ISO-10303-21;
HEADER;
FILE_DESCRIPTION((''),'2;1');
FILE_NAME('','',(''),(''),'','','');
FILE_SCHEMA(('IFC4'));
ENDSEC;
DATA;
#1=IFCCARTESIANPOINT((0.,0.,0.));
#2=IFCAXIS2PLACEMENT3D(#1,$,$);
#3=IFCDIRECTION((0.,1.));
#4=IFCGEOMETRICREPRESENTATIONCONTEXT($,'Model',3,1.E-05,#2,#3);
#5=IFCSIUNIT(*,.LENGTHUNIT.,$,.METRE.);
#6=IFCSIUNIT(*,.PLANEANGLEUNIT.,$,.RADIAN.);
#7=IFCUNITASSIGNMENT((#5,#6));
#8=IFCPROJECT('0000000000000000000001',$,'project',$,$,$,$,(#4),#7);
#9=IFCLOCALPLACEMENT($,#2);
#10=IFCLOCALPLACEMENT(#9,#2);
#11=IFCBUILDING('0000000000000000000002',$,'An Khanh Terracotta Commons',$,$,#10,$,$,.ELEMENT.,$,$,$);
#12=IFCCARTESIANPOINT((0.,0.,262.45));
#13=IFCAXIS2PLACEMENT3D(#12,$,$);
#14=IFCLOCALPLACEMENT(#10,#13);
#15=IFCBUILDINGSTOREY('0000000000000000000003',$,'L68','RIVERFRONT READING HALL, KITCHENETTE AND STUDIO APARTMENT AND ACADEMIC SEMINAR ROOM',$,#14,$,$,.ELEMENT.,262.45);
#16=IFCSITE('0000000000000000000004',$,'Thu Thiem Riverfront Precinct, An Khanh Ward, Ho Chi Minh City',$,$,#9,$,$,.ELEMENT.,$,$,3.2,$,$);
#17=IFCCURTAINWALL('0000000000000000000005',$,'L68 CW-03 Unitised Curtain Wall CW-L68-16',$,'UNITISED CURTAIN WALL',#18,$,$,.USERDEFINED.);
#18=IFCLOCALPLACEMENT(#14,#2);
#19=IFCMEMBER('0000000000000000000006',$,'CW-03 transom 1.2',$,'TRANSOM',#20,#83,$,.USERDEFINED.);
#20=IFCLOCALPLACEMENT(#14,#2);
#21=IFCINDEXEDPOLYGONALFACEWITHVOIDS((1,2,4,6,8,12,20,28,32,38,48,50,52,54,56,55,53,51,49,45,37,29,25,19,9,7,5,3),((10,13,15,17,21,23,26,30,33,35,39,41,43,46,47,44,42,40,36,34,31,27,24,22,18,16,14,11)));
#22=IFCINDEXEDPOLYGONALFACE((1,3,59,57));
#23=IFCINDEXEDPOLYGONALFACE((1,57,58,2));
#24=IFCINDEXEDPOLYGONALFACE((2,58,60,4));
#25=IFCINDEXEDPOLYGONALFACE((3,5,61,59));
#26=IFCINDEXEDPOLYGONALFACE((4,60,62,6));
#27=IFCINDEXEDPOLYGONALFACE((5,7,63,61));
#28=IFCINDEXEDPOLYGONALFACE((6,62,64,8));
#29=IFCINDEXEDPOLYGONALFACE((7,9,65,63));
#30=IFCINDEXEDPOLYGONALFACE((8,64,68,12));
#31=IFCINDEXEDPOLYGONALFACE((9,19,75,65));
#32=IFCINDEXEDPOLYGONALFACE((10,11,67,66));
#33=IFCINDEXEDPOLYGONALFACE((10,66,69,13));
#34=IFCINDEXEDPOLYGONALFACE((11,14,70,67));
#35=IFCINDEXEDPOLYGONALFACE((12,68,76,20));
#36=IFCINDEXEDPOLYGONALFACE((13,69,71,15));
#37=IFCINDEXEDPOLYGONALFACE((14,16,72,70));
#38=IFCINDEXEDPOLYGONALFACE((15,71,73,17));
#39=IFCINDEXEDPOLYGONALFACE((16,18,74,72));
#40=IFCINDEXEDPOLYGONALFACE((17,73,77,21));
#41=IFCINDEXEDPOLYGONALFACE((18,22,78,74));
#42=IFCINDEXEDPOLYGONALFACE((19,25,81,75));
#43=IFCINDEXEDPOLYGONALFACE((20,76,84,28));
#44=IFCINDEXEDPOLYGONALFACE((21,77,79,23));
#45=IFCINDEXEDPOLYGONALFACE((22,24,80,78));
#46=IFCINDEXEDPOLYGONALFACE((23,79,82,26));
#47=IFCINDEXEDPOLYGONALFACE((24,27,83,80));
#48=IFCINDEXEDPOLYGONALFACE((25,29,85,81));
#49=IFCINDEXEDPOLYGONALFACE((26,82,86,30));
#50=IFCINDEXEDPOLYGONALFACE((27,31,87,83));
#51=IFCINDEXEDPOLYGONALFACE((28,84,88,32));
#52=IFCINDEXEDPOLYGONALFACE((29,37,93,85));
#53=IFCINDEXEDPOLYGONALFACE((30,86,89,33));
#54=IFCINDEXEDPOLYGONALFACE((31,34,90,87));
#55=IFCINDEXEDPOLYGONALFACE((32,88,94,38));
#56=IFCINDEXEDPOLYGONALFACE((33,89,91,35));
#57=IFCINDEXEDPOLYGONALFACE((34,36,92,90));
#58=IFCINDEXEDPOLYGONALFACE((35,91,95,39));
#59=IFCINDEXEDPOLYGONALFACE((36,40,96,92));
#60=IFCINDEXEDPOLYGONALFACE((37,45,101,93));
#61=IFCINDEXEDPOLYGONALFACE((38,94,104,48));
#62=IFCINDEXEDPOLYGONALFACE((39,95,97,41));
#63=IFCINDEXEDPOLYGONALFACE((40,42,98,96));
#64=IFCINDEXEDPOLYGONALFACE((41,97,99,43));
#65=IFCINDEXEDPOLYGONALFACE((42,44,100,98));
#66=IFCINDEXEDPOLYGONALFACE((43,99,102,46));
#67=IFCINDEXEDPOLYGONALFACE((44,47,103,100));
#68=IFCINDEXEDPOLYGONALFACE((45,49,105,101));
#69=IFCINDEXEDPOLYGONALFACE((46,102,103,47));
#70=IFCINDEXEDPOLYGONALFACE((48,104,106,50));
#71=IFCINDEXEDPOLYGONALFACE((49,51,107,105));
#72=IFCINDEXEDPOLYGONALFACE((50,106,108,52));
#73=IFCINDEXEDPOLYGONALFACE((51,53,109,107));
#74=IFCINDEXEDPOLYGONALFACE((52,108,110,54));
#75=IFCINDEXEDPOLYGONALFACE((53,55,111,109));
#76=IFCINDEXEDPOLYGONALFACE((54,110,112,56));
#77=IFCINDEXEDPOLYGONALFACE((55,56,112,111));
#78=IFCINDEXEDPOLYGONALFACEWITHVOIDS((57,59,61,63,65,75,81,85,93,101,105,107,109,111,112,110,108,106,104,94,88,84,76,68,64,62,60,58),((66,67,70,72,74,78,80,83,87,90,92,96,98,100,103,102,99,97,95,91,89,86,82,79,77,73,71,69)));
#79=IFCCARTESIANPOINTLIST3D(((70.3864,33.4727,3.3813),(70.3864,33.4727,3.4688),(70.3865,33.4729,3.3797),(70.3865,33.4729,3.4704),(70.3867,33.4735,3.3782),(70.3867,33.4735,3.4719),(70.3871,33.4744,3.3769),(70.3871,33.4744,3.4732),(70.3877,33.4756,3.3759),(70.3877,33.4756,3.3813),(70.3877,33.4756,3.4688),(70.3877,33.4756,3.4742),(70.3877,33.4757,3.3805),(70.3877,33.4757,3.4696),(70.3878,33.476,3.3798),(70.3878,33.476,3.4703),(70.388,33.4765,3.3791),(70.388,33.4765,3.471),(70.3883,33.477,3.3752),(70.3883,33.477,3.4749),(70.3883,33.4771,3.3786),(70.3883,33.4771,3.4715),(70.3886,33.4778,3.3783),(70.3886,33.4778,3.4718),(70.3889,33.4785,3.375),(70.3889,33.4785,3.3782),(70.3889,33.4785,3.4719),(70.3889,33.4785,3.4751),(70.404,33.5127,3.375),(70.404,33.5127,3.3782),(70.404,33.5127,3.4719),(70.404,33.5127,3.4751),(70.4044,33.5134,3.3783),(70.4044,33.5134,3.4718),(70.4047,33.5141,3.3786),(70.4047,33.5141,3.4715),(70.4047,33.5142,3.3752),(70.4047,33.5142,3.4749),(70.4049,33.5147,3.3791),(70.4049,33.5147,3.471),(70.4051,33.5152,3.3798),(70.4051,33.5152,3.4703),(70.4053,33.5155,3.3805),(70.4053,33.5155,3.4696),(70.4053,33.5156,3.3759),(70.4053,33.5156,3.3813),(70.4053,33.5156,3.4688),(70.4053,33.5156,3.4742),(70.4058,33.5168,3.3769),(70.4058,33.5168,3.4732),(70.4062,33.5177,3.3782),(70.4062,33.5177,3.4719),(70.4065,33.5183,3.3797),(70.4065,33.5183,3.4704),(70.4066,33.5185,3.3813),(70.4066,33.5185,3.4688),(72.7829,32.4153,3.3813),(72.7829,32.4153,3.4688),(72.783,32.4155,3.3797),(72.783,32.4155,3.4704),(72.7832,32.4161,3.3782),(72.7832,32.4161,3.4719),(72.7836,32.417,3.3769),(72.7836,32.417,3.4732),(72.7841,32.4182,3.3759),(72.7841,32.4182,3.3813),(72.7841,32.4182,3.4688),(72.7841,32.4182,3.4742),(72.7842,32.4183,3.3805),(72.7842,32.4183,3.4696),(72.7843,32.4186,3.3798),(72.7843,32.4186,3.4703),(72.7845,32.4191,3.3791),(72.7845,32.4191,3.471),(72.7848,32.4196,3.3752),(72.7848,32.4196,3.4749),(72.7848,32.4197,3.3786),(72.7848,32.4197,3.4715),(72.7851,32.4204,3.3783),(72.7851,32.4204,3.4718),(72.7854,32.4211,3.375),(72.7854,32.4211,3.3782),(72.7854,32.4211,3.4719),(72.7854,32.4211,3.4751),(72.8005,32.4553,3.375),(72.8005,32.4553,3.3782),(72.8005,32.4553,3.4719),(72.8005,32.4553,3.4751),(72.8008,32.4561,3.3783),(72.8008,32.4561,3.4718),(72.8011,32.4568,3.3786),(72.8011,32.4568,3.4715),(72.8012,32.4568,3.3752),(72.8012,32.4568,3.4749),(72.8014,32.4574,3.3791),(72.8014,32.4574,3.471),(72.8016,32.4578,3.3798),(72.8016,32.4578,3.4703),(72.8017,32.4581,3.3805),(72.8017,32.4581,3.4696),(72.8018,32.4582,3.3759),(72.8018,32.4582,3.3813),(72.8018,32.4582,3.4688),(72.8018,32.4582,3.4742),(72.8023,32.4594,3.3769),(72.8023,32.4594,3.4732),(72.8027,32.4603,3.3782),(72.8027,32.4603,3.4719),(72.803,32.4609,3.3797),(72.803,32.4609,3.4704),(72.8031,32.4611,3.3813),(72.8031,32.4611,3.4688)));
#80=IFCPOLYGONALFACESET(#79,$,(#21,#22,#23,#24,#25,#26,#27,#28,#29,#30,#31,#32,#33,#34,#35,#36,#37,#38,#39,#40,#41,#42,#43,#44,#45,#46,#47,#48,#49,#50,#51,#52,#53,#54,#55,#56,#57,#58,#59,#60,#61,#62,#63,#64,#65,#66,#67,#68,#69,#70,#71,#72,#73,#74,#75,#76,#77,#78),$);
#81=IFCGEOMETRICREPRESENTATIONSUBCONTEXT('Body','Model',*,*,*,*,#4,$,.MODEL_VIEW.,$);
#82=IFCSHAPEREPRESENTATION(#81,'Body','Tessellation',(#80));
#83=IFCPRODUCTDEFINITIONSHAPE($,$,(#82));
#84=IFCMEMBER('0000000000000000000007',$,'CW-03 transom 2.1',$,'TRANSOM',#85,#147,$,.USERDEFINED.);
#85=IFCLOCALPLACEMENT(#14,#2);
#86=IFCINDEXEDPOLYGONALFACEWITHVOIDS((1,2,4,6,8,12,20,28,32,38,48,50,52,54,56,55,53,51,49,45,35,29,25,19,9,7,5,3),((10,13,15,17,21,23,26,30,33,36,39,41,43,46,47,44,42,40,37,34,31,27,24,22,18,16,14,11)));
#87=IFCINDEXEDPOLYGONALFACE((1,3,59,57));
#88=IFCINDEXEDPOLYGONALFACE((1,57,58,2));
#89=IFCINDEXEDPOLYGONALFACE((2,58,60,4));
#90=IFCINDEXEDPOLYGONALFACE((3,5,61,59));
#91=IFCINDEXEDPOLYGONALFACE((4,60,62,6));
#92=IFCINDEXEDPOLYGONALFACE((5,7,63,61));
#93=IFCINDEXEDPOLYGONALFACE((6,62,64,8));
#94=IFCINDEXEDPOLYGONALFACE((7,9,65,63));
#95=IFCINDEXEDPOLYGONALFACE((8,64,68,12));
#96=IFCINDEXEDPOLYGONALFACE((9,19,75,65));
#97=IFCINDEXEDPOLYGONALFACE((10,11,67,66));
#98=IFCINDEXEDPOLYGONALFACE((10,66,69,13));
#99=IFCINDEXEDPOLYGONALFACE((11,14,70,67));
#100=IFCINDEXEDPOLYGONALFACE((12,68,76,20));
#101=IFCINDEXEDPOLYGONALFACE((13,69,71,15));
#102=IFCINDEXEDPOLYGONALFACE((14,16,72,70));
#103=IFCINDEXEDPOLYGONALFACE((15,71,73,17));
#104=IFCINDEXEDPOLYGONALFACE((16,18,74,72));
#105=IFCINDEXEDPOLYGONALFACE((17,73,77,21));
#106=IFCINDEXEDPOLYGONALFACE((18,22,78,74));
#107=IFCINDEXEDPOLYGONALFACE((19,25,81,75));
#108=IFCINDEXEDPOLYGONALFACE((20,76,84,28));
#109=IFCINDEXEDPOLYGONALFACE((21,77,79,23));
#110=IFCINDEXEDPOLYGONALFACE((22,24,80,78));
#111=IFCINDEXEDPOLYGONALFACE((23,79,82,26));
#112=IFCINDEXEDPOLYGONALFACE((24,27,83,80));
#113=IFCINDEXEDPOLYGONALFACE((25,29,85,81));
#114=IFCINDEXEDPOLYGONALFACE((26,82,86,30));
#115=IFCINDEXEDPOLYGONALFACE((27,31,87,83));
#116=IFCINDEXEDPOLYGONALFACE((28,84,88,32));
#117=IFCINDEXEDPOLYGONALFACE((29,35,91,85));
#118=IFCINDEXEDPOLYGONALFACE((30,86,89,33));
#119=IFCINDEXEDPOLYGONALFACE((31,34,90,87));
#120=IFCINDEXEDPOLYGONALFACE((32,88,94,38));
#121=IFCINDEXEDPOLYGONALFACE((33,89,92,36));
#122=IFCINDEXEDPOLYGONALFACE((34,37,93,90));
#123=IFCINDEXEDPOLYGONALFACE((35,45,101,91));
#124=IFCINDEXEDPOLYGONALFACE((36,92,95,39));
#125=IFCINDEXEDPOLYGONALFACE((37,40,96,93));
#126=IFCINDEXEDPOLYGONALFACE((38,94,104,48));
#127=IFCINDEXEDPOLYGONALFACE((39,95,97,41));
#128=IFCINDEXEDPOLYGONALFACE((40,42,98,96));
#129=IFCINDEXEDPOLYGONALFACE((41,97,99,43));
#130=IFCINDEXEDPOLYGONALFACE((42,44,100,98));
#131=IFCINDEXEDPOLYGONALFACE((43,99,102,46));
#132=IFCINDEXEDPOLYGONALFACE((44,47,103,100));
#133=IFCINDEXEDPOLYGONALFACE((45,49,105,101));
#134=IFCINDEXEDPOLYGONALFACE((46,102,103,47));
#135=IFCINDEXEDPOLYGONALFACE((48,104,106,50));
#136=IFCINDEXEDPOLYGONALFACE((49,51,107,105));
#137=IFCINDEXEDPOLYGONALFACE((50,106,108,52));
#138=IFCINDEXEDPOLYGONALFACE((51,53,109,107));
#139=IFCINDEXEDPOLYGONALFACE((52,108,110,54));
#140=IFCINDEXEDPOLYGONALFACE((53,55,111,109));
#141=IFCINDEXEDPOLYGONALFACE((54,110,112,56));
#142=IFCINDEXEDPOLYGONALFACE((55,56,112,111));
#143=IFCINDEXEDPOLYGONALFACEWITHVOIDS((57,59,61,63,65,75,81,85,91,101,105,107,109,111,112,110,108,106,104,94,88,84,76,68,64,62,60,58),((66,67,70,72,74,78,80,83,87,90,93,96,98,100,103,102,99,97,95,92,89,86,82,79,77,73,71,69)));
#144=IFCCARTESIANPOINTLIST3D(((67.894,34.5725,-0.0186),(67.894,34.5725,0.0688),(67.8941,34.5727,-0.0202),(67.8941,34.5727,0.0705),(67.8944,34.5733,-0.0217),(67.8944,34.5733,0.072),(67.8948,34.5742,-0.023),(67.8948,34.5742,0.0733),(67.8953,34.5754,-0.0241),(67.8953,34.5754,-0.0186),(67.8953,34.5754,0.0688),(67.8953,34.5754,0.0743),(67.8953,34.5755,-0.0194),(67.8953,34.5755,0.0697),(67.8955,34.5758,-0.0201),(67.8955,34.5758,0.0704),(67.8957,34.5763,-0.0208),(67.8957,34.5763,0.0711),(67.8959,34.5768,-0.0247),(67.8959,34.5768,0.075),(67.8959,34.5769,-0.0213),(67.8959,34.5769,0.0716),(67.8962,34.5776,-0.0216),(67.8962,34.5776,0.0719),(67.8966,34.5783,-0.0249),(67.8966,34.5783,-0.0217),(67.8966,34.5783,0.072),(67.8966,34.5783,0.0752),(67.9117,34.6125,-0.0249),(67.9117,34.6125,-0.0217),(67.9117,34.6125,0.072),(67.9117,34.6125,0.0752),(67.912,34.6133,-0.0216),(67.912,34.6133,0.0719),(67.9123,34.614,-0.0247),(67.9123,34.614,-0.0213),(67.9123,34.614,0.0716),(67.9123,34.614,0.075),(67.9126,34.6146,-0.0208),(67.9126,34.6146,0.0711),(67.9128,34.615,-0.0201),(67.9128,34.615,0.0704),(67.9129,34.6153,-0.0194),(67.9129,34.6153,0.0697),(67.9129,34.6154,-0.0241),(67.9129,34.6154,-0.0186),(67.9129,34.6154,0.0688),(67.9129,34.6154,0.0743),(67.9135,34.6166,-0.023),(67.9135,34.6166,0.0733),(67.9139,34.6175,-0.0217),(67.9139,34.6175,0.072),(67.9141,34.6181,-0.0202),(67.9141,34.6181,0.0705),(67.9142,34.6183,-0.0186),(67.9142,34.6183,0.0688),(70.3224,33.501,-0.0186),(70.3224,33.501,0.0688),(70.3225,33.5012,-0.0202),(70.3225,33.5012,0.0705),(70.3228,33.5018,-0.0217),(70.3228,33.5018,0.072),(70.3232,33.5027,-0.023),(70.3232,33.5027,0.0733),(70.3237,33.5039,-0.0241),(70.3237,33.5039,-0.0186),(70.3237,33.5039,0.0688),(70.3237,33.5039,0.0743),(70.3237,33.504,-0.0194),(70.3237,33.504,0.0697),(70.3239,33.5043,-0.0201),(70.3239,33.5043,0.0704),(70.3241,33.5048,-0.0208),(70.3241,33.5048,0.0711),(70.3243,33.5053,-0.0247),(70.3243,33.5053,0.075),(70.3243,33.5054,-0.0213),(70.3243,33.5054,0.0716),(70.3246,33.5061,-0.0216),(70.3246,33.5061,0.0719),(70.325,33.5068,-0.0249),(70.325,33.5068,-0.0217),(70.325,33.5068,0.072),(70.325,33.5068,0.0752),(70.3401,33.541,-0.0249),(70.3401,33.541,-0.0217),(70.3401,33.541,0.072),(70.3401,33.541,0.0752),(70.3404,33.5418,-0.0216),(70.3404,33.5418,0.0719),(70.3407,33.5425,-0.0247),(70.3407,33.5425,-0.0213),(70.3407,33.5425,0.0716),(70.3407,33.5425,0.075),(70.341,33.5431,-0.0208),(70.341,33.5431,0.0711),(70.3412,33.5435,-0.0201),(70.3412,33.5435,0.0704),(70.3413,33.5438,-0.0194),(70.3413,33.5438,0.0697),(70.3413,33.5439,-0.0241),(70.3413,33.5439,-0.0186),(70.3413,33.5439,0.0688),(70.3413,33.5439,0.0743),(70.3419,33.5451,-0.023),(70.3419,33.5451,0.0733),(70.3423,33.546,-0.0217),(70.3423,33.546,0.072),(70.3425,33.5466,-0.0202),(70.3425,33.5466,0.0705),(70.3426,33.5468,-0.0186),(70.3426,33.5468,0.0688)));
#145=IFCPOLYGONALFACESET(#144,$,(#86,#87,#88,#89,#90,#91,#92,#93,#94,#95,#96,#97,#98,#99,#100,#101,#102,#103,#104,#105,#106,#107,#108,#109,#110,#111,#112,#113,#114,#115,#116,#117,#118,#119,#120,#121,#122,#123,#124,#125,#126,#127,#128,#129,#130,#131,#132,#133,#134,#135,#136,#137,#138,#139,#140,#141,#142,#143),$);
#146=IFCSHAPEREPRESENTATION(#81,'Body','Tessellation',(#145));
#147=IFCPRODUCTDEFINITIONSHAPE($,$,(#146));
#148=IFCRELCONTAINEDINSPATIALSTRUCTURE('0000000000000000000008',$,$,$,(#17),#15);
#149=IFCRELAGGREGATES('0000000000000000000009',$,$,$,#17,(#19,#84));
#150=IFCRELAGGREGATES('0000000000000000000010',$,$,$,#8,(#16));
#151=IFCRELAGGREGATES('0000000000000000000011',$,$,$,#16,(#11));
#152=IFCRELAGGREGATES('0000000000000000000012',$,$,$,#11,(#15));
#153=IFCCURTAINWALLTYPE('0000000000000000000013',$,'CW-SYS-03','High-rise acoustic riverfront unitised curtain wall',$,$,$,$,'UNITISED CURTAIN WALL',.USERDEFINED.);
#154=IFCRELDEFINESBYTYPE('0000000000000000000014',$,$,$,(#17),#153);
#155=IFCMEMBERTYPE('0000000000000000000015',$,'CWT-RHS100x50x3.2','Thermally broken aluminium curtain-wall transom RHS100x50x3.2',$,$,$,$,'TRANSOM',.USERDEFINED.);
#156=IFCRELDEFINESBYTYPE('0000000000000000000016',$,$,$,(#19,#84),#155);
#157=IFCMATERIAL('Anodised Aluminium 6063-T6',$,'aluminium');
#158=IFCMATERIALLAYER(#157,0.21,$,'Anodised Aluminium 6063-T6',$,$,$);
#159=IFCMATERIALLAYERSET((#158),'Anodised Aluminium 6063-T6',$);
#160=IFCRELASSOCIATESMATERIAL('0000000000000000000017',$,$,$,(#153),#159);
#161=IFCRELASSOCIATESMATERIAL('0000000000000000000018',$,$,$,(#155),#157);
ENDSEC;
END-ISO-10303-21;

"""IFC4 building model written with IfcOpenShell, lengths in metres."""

from ifc_helpers import new_model, si_unit, direction, frame, origin, origin_2d, place, context, subcontext, project, spatial, hollow_rectangle, extrude, material, layer, layer_set, material_profile, profile_set, type_object, element, aggregate, save


model = new_model("IFC4")

# Units and contexts
model_context = context("Model", 3, precision=1e-05, world=origin(), true_north=direction((0.0, 1.0)))
body_context = subcontext(model_context, "Body", "Model", "MODEL_VIEW")
ifc_project = project(units=[si_unit("LENGTHUNIT", "METRE"), si_unit("PLANEANGLEUNIT", "RADIAN")], contexts=[model_context])

# Site, building, storey
site_placement = place(None, origin())
site = spatial("IfcSite", under=ifc_project, at=site_placement, Name="Thu Thiem Riverfront Precinct, An Khanh Ward, Ho Chi Minh City", CompositionType="ELEMENT", RefElevation=3.2)
building_placement = place(site_placement, origin())
building = spatial("IfcBuilding", under=site, at=building_placement, Name="An Khanh Terracotta Commons", CompositionType="ELEMENT")
storey_placement = place(building_placement, frame((0.0, 0.0, 262.45)))
storey = spatial("IfcBuildingStorey", under=building, at=storey_placement, Name="L68", Description="RIVERFRONT READING HALL, KITCHENETTE AND STUDIO APARTMENT AND ACADEMIC SEMINAR ROOM", CompositionType="ELEMENT", Elevation=262.45)

# Curtain wall
ifc_material_1 = material(Name="Anodised Aluminium 6063-T6", Category="aluminium")
ifc_layer_1 = layer(ifc_material_1, 0.21, Name="Anodised Aluminium 6063-T6")
ifc_layer_set_1 = layer_set([ifc_layer_1], Name="Anodised Aluminium 6063-T6")
curtain_wall_type = type_object("IfcCurtainWallType", Name="CW-SYS-03", Description="High-rise acoustic riverfront unitised curtain wall", ElementType="UNITISED CURTAIN WALL", PredefinedType="USERDEFINED", material=ifc_layer_set_1)
curtain_wall_1_placement = place(storey_placement, origin())
curtain_wall_1 = element("IfcCurtainWall", 1, at=curtain_wall_1_placement, inside=storey, type_object=curtain_wall_type, Name="L68 CW-03 Unitised Curtain Wall CW-L68-16", ObjectType="UNITISED CURTAIN WALL", PredefinedType="USERDEFINED")

# Members
ifc_material_profile_1 = material_profile(ifc_material_1, hollow_rectangle(XDim=0.05, YDim=0.1001, WallThickness=0.0032, InnerFilletRadius=0.0032, OuterFilletRadius=0.0063, at=origin_2d()), Name="RHS100x50x3.2")
ifc_profile_set_1 = profile_set([ifc_material_profile_1], Name="Anodised Aluminium 6063-T6")
member_type_1 = type_object("IfcMemberType", Name="CWT-RHS100x50x3.2", Description="Thermally broken aluminium curtain-wall transom RHS100x50x3.2", ElementType="TRANSOM", PredefinedType="USERDEFINED", material=ifc_profile_set_1)
member_1_placement = place(storey_placement, frame((72.793, 32.4382, 3.425), z_axis=(-0.914904, 0.403672, 0.0), x_axis=(-0.403672, -0.914904, 0.0)))
member_1 = element("IfcMember", 2, at=member_1_placement, type_object=member_type_1, Name="CW-03 transom 1.2", ObjectType="TRANSOM", PredefinedType="USERDEFINED", context=body_context, shape_type="SweptSolid", body=[
    extrude(hollow_rectangle(XDim=0.05, YDim=0.1001, WallThickness=0.0032, InnerFilletRadius=0.0032, OuterFilletRadius=0.0063, at=origin_2d()), origin(), (0.0, 0.0, 1.0), 2.6194),
])
member_2_placement = place(storey_placement, frame((70.3325, 33.5239, 0.0251), z_axis=(-0.914897, 0.403688, 0.0), x_axis=(-0.403688, -0.914897, 0.0)))
member_2 = element("IfcMember", 3, at=member_2_placement, type_object=member_type_1, Name="CW-03 transom 2.1", ObjectType="TRANSOM", PredefinedType="USERDEFINED", context=body_context, shape_type="SweptSolid", body=[
    extrude(hollow_rectangle(XDim=0.05, YDim=0.1001, WallThickness=0.0032, InnerFilletRadius=0.0032, OuterFilletRadius=0.0063, at=origin_2d()), origin(), (0.0, 0.0, 1.0), 2.6543),
])

aggregate(curtain_wall_1, [member_1, member_2])

save(model, "model.ifc")
